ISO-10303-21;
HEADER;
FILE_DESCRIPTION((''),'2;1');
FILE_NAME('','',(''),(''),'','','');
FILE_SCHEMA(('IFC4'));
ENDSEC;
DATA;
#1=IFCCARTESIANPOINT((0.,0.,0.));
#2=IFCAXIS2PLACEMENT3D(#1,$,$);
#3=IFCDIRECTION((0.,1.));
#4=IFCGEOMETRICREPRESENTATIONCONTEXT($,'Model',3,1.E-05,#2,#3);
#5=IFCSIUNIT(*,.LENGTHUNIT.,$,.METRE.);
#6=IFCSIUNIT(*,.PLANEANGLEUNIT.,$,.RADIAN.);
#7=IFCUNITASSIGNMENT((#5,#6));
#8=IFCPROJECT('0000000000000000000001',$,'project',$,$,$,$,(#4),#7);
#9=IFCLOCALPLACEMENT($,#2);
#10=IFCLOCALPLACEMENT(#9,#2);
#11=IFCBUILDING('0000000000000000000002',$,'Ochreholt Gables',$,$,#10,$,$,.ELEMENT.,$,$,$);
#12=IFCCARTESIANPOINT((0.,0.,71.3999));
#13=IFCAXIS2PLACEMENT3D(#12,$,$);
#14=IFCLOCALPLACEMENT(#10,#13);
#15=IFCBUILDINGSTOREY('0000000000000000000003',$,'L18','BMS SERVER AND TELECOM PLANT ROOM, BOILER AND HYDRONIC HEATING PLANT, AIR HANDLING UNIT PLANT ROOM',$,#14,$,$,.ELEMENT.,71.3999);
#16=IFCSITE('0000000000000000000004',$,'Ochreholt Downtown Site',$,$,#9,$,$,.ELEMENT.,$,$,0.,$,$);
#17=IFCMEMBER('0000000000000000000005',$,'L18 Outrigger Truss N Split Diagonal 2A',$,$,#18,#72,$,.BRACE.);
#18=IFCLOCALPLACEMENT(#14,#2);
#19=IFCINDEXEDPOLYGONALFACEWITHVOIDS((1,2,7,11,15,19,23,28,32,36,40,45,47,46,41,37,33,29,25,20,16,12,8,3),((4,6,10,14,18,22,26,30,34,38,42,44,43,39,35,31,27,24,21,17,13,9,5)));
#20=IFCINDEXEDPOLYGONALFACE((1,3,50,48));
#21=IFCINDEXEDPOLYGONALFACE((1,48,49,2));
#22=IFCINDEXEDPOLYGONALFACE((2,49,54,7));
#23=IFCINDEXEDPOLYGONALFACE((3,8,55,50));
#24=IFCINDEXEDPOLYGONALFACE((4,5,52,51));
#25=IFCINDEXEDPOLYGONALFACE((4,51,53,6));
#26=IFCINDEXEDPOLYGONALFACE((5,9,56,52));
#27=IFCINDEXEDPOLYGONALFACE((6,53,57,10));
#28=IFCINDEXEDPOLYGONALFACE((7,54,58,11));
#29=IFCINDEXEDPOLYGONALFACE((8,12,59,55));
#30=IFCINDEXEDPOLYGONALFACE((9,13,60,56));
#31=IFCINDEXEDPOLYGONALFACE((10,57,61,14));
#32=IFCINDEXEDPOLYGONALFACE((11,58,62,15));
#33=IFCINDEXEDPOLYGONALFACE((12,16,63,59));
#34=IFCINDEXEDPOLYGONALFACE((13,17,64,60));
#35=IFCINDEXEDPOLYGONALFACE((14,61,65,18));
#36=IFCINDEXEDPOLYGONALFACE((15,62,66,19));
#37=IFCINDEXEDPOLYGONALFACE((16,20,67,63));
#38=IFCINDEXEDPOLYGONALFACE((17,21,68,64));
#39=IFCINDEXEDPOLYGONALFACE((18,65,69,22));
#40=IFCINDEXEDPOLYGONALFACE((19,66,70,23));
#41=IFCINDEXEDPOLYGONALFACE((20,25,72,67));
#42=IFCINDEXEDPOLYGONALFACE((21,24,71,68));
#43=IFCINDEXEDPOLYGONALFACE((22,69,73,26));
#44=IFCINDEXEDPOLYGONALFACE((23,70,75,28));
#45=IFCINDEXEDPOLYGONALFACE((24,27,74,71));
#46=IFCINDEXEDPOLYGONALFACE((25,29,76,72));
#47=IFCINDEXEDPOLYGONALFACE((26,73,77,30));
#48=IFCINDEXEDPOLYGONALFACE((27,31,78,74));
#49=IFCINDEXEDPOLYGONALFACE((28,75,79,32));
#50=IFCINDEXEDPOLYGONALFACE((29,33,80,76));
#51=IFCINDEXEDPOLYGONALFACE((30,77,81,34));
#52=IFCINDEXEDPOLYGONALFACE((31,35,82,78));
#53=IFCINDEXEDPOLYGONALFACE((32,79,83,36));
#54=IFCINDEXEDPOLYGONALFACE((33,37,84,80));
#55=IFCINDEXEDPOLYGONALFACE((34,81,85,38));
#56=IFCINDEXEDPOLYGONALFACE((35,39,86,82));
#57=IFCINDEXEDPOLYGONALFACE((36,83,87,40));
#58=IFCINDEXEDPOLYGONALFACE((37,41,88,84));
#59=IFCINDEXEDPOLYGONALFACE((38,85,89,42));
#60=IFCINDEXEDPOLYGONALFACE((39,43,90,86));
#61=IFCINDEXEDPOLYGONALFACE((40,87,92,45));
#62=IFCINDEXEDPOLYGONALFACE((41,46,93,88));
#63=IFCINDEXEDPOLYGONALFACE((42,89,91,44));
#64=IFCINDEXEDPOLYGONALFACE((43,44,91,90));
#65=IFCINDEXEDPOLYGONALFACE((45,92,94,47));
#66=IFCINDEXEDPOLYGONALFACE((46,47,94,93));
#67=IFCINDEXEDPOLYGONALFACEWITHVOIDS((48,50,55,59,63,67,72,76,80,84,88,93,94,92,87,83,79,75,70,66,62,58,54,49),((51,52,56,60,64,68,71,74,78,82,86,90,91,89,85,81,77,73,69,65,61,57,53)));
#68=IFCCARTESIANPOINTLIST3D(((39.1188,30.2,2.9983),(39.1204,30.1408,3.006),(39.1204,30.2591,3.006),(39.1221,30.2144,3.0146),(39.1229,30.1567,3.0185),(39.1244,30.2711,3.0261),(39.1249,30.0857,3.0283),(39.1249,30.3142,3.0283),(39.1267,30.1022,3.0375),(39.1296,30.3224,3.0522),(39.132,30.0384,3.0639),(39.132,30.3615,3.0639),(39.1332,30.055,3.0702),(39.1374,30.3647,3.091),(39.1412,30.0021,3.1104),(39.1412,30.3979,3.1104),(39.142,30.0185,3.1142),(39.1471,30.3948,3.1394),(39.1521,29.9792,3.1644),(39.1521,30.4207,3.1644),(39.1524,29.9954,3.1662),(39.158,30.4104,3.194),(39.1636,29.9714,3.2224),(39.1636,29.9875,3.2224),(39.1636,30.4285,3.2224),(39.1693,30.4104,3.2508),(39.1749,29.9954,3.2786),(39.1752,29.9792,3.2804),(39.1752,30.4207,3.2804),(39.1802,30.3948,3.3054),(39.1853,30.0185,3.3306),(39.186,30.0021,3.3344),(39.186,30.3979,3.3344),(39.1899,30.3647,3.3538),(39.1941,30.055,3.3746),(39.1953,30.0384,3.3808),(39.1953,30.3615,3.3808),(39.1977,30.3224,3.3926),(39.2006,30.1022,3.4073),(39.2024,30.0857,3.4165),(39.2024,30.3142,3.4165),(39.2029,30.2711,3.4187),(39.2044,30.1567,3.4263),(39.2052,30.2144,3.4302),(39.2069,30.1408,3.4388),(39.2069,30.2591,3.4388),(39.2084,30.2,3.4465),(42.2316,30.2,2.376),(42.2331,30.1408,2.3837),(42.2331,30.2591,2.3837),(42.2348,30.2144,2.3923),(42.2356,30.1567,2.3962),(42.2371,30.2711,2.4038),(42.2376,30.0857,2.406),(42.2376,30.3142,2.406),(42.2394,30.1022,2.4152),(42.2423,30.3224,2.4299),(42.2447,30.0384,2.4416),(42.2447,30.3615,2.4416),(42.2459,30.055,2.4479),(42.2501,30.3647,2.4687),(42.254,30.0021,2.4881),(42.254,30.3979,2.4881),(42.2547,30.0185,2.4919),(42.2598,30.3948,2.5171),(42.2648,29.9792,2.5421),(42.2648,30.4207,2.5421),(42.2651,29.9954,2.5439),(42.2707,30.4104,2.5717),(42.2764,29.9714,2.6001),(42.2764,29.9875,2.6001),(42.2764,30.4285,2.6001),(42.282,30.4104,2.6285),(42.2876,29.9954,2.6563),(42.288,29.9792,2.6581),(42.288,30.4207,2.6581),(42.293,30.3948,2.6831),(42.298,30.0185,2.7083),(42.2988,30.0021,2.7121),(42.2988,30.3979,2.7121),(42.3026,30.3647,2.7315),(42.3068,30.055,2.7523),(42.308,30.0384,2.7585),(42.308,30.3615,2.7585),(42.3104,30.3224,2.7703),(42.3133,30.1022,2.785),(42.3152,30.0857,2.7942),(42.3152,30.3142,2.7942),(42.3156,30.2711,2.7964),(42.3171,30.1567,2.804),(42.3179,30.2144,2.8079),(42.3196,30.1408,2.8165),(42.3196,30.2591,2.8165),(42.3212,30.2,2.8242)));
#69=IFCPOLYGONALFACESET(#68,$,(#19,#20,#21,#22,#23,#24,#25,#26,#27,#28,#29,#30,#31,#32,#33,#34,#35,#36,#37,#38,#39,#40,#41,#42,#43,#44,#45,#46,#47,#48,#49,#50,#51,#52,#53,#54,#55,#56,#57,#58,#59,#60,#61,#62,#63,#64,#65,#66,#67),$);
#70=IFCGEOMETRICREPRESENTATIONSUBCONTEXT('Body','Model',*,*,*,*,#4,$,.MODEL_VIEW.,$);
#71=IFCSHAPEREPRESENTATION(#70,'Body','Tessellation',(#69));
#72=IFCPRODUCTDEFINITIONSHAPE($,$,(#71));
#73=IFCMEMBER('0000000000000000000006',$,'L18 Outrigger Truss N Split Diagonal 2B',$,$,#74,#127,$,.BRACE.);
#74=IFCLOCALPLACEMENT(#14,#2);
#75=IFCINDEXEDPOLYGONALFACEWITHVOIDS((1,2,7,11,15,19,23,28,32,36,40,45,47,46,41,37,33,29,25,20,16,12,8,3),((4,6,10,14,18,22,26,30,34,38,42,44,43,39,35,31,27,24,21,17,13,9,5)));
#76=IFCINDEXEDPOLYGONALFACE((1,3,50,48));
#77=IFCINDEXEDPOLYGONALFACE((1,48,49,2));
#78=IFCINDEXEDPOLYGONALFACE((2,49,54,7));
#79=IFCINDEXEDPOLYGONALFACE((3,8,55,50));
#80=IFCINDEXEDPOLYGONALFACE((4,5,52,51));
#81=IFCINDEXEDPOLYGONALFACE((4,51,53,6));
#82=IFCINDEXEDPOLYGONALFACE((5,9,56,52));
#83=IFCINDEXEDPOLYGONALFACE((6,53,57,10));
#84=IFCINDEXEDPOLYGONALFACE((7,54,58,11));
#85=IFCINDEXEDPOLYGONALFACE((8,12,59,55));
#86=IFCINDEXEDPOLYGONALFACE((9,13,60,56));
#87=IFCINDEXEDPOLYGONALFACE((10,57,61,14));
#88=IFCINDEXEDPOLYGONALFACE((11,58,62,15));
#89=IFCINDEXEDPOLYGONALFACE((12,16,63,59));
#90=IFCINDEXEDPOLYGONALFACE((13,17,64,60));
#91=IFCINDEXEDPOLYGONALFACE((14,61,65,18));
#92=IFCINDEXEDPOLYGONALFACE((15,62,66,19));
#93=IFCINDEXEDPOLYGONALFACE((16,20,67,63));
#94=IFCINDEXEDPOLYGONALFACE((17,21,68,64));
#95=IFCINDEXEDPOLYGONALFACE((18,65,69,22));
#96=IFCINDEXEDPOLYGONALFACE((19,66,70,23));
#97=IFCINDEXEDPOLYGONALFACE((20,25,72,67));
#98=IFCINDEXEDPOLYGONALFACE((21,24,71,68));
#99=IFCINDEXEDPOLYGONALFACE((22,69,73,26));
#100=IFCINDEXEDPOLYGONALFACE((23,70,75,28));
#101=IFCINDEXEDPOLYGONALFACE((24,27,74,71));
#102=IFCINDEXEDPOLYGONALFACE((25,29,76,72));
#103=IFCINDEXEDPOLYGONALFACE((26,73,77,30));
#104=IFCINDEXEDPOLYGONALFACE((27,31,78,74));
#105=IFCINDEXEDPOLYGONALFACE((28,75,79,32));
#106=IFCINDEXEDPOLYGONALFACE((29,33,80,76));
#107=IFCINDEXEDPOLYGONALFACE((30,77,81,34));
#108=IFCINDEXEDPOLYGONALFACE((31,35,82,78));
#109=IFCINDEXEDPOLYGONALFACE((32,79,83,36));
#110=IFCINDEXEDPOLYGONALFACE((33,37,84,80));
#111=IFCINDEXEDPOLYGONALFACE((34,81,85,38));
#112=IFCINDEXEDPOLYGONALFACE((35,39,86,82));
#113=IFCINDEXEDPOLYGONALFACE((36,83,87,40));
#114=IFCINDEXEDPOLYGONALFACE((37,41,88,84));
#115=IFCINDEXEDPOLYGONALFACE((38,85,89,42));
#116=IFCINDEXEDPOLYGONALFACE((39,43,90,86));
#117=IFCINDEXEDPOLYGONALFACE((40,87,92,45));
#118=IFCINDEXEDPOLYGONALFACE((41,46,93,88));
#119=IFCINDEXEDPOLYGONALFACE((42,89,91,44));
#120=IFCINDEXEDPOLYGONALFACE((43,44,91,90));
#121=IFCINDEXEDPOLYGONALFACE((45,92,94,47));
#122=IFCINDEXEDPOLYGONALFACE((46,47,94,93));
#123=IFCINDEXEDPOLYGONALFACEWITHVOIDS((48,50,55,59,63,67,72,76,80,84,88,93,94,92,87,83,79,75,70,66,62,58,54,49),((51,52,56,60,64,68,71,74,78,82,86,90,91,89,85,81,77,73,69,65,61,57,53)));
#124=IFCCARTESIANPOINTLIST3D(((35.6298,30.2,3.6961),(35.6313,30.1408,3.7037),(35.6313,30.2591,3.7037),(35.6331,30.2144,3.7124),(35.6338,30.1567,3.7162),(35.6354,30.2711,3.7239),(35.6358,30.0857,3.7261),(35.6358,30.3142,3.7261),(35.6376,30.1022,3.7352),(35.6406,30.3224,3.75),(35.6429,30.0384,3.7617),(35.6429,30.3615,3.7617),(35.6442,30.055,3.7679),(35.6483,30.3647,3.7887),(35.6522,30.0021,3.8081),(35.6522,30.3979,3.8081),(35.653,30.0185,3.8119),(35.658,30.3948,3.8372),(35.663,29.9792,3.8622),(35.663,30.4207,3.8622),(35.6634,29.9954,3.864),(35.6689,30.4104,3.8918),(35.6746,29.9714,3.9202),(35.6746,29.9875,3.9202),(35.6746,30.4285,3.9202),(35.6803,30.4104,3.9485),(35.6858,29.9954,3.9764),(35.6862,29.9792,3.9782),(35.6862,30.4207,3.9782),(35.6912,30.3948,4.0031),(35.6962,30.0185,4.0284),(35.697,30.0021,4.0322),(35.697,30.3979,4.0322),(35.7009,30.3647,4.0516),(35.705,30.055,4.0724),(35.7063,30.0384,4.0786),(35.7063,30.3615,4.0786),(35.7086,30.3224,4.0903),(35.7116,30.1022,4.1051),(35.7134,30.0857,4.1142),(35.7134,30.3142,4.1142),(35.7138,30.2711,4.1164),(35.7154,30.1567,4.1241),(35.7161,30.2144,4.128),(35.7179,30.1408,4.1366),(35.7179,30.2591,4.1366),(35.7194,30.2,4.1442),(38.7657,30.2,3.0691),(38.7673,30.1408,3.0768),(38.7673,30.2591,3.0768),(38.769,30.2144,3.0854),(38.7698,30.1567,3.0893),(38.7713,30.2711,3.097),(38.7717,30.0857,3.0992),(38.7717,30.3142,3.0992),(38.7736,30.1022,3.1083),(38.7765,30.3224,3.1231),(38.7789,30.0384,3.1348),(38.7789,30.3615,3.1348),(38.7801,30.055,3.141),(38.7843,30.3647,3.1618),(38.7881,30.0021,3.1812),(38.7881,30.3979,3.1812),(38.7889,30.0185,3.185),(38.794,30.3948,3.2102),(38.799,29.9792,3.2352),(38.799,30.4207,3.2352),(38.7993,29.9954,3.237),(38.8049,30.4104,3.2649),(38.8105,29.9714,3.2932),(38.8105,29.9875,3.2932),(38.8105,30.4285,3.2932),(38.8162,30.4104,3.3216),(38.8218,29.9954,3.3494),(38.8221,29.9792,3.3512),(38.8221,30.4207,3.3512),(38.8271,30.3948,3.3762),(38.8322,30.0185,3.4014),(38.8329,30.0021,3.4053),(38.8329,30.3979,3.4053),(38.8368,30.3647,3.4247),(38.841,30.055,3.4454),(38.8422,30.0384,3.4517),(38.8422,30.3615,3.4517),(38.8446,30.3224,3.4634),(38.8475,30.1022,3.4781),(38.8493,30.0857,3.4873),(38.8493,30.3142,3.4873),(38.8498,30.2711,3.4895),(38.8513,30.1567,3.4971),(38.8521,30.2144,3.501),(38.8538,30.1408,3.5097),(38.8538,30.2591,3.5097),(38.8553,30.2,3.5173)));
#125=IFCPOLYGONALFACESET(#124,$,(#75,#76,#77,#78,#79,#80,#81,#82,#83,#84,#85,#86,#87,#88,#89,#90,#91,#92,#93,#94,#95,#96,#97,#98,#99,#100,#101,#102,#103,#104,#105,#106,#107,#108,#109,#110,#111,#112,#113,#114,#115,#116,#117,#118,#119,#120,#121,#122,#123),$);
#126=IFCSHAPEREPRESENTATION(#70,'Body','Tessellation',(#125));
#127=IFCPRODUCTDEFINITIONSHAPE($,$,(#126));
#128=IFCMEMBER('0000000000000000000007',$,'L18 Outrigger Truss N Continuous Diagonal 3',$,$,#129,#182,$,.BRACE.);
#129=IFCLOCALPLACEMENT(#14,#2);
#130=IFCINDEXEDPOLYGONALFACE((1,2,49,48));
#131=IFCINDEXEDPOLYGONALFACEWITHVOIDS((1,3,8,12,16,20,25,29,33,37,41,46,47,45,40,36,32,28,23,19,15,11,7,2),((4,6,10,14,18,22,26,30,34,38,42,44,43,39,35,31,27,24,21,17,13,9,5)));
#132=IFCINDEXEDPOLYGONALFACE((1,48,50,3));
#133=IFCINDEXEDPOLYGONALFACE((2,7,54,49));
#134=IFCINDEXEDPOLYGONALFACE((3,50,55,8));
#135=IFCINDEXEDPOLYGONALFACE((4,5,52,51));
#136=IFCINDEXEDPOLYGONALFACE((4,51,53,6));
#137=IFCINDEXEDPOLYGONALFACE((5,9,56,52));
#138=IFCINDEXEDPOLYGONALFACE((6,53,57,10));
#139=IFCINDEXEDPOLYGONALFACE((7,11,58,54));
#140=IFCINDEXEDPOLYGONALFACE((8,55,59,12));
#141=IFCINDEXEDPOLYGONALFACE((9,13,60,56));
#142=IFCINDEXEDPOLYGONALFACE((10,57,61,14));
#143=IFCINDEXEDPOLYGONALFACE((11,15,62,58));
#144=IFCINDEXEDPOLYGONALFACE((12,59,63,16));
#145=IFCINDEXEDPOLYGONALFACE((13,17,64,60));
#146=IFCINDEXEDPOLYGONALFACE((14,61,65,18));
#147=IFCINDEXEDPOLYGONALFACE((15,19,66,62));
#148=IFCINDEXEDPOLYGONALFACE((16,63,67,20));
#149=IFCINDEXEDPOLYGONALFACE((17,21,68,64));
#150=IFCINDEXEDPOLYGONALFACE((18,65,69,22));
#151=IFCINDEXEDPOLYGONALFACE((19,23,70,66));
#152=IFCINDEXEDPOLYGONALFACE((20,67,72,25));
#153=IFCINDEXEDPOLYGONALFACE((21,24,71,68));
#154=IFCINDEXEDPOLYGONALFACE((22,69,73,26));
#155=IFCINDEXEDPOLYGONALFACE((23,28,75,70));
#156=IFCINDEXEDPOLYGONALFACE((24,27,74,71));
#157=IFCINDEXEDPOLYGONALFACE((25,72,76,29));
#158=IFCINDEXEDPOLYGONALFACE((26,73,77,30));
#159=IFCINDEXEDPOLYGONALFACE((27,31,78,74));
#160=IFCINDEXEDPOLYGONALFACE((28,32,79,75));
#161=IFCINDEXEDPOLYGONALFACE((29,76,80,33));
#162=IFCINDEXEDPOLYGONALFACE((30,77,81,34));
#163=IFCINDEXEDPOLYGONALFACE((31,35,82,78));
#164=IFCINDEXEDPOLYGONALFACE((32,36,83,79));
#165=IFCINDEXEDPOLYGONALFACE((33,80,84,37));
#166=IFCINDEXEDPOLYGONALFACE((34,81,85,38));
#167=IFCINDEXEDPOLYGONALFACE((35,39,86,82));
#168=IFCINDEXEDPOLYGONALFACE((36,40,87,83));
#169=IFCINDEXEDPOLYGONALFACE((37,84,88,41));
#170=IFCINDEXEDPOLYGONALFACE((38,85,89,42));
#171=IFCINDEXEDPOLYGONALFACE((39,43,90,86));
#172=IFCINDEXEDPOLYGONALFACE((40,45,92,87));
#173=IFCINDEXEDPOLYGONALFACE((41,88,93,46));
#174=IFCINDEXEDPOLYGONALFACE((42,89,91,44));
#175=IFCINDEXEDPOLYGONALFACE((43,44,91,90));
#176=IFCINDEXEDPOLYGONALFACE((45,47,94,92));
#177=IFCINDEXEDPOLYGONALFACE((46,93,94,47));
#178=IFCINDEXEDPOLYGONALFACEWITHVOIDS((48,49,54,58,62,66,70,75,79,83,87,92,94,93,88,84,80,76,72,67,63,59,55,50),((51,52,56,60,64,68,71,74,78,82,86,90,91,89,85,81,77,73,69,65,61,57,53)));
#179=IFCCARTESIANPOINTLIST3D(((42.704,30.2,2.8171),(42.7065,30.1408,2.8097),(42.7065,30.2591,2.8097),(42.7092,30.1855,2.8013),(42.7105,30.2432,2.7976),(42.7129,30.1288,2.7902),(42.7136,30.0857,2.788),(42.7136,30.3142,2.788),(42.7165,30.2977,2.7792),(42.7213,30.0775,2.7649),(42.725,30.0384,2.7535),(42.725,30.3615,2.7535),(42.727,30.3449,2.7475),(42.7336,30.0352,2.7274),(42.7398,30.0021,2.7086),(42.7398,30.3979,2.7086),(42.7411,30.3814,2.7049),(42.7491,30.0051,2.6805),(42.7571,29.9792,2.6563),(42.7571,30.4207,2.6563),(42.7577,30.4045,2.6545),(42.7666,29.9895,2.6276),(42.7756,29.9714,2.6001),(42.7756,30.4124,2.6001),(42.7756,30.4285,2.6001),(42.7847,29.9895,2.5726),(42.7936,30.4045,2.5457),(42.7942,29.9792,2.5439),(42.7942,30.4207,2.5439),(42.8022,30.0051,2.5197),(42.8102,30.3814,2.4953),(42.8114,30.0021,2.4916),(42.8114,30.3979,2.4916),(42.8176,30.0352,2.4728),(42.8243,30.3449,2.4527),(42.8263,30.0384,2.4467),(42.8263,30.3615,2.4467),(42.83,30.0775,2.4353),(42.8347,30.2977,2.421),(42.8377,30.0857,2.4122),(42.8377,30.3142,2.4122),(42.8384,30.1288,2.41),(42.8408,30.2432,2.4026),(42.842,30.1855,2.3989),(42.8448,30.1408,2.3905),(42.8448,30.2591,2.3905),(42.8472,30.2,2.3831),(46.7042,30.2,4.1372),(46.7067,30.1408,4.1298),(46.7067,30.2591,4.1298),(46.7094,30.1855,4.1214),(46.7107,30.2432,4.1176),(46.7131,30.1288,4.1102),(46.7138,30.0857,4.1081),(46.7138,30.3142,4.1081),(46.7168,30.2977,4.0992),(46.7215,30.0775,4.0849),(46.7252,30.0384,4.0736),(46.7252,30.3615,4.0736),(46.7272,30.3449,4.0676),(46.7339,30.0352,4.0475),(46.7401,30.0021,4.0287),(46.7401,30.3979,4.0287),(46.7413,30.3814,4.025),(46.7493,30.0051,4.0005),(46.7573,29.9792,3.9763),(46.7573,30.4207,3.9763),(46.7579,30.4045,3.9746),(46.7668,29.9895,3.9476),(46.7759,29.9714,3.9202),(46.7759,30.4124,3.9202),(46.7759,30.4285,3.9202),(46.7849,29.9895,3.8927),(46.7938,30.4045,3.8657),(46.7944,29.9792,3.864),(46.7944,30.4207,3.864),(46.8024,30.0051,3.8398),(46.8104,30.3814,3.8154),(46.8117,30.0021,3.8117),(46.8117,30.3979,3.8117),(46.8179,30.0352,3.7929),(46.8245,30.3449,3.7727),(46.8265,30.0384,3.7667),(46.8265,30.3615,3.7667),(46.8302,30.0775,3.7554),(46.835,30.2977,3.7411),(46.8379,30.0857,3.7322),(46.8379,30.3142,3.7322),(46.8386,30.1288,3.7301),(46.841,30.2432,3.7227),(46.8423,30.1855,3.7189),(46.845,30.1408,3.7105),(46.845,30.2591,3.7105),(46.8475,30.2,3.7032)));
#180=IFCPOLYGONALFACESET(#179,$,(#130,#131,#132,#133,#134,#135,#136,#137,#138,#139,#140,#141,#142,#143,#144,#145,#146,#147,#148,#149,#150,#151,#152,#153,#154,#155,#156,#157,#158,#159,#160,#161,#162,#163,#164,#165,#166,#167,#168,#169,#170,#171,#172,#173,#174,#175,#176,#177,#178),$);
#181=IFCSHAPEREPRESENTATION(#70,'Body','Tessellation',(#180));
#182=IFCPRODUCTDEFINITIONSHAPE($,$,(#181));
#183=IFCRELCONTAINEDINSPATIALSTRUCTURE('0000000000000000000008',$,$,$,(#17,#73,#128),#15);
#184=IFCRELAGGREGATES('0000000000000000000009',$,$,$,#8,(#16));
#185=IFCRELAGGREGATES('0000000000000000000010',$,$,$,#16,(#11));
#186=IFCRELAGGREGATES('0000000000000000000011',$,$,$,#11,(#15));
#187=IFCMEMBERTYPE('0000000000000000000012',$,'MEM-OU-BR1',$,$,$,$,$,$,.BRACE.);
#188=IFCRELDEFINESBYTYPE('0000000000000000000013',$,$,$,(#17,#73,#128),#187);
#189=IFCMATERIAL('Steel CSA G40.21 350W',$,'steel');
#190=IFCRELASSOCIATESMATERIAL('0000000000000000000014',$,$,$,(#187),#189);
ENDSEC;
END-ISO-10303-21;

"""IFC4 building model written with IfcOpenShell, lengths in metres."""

from ifc_helpers import new_model, si_unit, direction, frame, origin, origin_2d, place, context, subcontext, project, spatial, hollow_circle, extrude, material, material_profile, profile_set, type_object, element, save


model = new_model("IFC4")

# Units and contexts
model_context = context("Model", 3, precision=1e-05, world=origin(), true_north=direction((0.0, 1.0)))
body_context = subcontext(model_context, "Body", "Model", "MODEL_VIEW")
ifc_project = project(units=[si_unit("LENGTHUNIT", "METRE"), si_unit("PLANEANGLEUNIT", "RADIAN")], contexts=[model_context])

# Site, building, storey
site_placement = place(None, origin())
site = spatial("IfcSite", under=ifc_project, at=site_placement, Name="Ochreholt Downtown Site", CompositionType="ELEMENT", RefElevation=0.0)
building_placement = place(site_placement, origin())
building = spatial("IfcBuilding", under=site, at=building_placement, Name="Ochreholt Gables", CompositionType="ELEMENT")
storey_placement = place(building_placement, frame((0.0, 0.0, 71.3999)))
storey = spatial("IfcBuildingStorey", under=building, at=storey_placement, Name="L18", Description="BMS SERVER AND TELECOM PLANT ROOM, BOILER AND HYDRONIC HEATING PLANT, AIR HANDLING UNIT PLANT ROOM", CompositionType="ELEMENT", Elevation=71.3999)

# Shared definitions
ifc_material_1 = material(Name="Steel CSA G40.21 350W", Category="steel")

# Members
ifc_material_profile_1 = material_profile(ifc_material_1, hollow_circle(Radius=0.2285, WallThickness=0.0161, at=origin_2d()), Name="CHS457X16")
ifc_profile_set_1 = profile_set([ifc_material_profile_1], Name="Steel CSA G40.21 350W")
member_type_1 = type_object("IfcMemberType", Name="MEM-OU-BR1", PredefinedType="BRACE", material=ifc_profile_set_1)
member_1_placement = place(storey_placement, frame((42.2764, 30.2, 2.6001), z_axis=(-0.980595, 0.0, 0.196042), x_axis=(0.0, -1.0, 0.0)))
element("IfcMember", 1, at=member_1_placement, inside=storey, type_object=member_type_1, Name="L18 Outrigger Truss N Split Diagonal 2A", PredefinedType="BRACE", context=body_context, shape_type="SweptSolid", body=[
    extrude(hollow_circle(Radius=0.2285, WallThickness=0.0161, at=origin_2d()), origin(), (0.0, 0.0, 1.0), 3.1743),
])
member_2_placement = place(storey_placement, frame((38.8105, 30.2, 3.2932), z_axis=(-0.980595, 0.0, 0.196043), x_axis=(0.0, -1.0, 0.0)))
element("IfcMember", 2, at=member_2_placement, inside=storey, type_object=member_type_1, Name="L18 Outrigger Truss N Split Diagonal 2B", PredefinedType="BRACE", context=body_context, shape_type="SweptSolid", body=[
    extrude(hollow_circle(Radius=0.2285, WallThickness=0.0161, at=origin_2d()), origin(), (0.0, 0.0, 1.0), 3.198),
])
member_3_placement = place(storey_placement, frame((42.7756, 30.2, 2.6001), z_axis=(0.94963, 0.0, 0.313375), x_axis=(0.0, 1.0, 0.0)))
element("IfcMember", 3, at=member_3_placement, inside=storey, type_object=member_type_1, Name="L18 Outrigger Truss N Continuous Diagonal 3", PredefinedType="BRACE", context=body_context, shape_type="SweptSolid", body=[
    extrude(hollow_circle(Radius=0.2285, WallThickness=0.0161, at=origin_2d()), origin(), (0.0, 0.0, 1.0), 4.2124),
])

save(model, "model.ifc")
